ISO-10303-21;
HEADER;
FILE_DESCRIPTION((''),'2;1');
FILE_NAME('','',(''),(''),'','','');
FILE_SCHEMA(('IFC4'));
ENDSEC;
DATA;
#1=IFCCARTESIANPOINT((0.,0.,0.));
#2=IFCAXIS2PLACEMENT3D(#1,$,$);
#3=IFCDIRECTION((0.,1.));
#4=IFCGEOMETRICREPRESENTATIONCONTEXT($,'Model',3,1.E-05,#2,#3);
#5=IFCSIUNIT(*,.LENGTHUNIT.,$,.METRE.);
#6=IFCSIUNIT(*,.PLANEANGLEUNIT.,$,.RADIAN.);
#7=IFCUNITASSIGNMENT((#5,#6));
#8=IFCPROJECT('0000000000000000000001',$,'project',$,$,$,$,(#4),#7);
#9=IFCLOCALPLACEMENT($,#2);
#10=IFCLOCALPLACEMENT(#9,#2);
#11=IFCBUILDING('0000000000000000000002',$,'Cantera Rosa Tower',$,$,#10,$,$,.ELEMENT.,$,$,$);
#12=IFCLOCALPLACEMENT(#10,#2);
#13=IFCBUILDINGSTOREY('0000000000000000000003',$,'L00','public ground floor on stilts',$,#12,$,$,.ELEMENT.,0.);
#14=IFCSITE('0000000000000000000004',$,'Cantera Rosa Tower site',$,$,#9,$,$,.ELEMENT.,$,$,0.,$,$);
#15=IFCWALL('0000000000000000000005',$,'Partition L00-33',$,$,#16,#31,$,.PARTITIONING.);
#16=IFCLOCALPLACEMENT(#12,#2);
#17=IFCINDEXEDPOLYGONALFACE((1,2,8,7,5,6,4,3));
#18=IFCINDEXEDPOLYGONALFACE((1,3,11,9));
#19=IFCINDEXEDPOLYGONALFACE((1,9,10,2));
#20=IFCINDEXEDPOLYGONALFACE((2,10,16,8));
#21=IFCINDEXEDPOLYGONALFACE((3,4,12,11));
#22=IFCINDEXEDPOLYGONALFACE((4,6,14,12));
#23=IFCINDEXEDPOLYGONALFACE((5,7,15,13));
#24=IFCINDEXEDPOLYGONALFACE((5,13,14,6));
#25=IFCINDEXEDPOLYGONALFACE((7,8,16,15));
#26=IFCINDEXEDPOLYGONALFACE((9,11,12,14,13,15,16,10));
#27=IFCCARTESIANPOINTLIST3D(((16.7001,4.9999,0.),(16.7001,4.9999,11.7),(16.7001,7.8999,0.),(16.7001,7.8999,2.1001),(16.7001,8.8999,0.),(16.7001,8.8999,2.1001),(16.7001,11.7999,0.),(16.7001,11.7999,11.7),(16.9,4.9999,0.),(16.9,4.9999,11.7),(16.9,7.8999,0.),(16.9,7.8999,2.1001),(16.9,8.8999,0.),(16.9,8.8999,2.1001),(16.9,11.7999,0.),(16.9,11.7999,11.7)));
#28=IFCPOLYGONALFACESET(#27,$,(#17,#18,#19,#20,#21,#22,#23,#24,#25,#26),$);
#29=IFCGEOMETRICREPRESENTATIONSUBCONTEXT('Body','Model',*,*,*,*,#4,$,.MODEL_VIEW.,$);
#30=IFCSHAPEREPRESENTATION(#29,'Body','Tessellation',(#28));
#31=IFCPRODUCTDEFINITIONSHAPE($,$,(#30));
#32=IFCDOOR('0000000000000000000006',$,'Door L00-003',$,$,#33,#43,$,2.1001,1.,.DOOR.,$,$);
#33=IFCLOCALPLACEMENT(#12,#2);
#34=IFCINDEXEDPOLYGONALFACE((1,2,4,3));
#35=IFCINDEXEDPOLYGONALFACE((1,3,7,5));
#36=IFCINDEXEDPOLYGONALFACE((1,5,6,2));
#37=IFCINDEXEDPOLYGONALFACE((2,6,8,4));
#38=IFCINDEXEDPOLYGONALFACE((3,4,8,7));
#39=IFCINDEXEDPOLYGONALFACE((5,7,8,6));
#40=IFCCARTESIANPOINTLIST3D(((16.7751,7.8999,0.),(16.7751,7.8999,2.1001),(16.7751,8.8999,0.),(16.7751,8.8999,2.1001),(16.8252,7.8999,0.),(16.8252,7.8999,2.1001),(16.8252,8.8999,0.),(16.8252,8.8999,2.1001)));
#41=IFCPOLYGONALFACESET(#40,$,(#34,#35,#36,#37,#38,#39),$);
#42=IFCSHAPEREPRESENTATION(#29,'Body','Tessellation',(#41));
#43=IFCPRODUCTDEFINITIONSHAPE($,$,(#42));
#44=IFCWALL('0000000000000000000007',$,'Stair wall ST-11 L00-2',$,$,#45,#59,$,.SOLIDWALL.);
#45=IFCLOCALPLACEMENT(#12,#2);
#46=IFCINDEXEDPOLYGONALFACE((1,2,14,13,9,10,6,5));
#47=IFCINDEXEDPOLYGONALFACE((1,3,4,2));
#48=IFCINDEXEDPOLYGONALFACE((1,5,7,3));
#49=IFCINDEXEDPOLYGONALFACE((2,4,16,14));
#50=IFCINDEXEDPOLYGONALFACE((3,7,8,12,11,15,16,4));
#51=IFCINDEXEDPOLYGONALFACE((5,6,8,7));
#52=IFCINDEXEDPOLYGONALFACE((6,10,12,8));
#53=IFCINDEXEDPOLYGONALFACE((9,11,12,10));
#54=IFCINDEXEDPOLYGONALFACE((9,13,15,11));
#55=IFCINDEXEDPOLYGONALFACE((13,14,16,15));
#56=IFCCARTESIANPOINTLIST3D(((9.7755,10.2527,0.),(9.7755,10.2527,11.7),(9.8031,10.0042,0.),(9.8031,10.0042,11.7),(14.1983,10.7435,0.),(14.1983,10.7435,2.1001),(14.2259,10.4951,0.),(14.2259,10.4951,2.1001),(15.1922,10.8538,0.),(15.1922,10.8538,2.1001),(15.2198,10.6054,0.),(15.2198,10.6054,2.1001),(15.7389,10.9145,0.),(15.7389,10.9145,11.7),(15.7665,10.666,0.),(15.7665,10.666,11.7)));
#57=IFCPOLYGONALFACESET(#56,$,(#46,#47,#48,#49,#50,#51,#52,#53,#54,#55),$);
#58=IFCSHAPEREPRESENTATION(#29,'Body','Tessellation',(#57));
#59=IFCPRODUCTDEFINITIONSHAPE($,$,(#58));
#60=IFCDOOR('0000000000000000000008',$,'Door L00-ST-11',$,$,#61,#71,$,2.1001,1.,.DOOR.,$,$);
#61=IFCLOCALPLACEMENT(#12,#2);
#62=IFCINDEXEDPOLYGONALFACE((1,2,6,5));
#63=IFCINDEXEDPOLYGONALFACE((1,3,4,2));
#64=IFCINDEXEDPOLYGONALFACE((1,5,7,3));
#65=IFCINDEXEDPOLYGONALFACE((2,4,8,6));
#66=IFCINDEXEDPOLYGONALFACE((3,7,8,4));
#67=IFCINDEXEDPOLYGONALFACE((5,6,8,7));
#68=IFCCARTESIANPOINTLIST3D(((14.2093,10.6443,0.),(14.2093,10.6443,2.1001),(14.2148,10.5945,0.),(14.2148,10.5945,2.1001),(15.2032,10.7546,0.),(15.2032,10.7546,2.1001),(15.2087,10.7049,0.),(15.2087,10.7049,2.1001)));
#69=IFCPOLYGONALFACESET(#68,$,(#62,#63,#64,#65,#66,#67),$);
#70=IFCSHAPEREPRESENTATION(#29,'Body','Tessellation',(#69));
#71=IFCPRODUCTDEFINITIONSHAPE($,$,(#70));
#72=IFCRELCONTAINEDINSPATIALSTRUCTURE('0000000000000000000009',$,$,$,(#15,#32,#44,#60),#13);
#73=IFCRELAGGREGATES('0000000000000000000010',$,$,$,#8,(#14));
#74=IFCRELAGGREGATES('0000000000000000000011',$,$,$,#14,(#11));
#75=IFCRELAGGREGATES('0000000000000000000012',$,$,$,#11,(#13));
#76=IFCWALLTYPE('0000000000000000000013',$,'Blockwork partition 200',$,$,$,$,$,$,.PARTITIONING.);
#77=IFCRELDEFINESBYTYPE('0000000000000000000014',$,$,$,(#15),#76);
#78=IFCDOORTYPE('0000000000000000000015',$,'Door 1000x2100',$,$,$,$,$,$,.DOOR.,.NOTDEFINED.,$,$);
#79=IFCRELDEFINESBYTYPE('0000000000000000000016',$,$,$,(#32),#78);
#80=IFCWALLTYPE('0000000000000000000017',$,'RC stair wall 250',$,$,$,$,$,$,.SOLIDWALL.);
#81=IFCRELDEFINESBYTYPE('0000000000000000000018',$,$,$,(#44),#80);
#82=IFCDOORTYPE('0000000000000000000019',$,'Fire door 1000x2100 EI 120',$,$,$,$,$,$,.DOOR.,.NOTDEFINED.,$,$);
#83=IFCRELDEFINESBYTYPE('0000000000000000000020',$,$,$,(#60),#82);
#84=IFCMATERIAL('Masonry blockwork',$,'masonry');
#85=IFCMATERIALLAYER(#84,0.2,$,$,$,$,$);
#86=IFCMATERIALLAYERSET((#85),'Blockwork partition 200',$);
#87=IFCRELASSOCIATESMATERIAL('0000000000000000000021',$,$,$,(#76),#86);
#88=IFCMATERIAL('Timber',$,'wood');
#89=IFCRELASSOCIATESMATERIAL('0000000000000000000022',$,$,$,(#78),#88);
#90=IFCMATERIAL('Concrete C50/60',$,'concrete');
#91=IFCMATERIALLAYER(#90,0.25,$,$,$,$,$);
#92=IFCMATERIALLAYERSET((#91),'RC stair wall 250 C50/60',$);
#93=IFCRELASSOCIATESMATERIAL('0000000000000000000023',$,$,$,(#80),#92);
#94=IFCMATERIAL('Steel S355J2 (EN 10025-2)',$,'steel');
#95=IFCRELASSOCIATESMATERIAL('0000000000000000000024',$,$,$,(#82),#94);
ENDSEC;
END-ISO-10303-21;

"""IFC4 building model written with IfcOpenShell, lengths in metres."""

from ifc_helpers import new_model, si_unit, direction, frame, frame_2d, origin, place, context, subcontext, project, spatial, rectangle, extrude, material, layer, layer_set, type_object, element, fill, save


model = new_model("IFC4")

# Units and contexts
model_context = context("Model", 3, precision=1e-05, world=origin(), true_north=direction((0.0, 1.0)))
body_context = subcontext(model_context, "Body", "Model", "MODEL_VIEW")
ifc_project = project(units=[si_unit("LENGTHUNIT", "METRE"), si_unit("PLANEANGLEUNIT", "RADIAN")], contexts=[model_context])

# Site, building, storey
site_placement = place(None, origin())
site = spatial("IfcSite", under=ifc_project, at=site_placement, Name="Cantera Rosa Tower site", CompositionType="ELEMENT", RefElevation=0.0)
building_placement = place(site_placement, origin())
building = spatial("IfcBuilding", under=site, at=building_placement, Name="Cantera Rosa Tower", CompositionType="ELEMENT")
storey_placement = place(building_placement, origin())
storey = spatial("IfcBuildingStorey", under=building, at=storey_placement, Name="L00", Description="public ground floor on stilts", CompositionType="ELEMENT", Elevation=0.0)

# Shared definitions
ifc_material_1 = material(Name="Masonry blockwork", Category="masonry")
ifc_layer_1 = layer(ifc_material_1, 0.2)
ifc_layer_set_1 = layer_set([ifc_layer_1], Name="Blockwork partition 200")
wall_type_1 = type_object("IfcWallType", Name="Blockwork partition 200", PredefinedType="PARTITIONING", material=ifc_layer_set_1)

# Walls, openings, doors
ifc_material_2 = material(Name="Timber", Category="wood")
door_type_1 = type_object("IfcDoorType", Name="Door 1000x2100", OperationType="NOTDEFINED", PredefinedType="DOOR", material=ifc_material_2)
wall_1_placement = place(storey_placement, frame((16.8, 5.0, 0.0), z_axis=(0.0, 0.0, 1.0), x_axis=(0.0, 1.0, 0.0)))
wall_1 = element("IfcWall", 1, at=wall_1_placement, inside=storey, type_object=wall_type_1, Name="Partition L00-33", PredefinedType="PARTITIONING", context=body_context, shape_type="SweptSolid", body=[
    extrude(rectangle(XDim=6.8, YDim=0.2, at=frame_2d((3.3999, 0.0))), origin(), (0.0, 0.0, 1.0), 11.7),
])
opening_1_placement = place(wall_1_placement, frame((2.8999, 0.0, 0.0)))
opening_1 = element("IfcOpeningElement", 2, at=opening_1_placement, cuts=wall_1, PredefinedType="OPENING", context=body_context, shape_type="SweptSolid", body=[
    extrude(rectangle(XDim=1.0, YDim=2.1001, at=frame_2d((0.5, 1.05))), frame((0.0, 0.1099, 0.0), z_axis=(0.0, -1.0, 0.0), x_axis=(1.0, 0.0, 0.0)), (0.0, 0.0, 1.0), 0.22),
])
door_1_placement = place(opening_1_placement, origin())
door_1 = element("IfcDoor", 3, at=door_1_placement, inside=storey, type_object=door_type_1, Name="Door L00-003", OverallHeight=2.1001, OverallWidth=1.0, PredefinedType="DOOR", context=body_context, shape_type="SweptSolid", body=[
    extrude(rectangle(XDim=1.0, YDim=2.1001, at=frame_2d((0.5, 1.05))), frame((0.0, 0.0249, 0.0), z_axis=(0.0, -1.0, 0.0), x_axis=(1.0, 0.0, 0.0)), (0.0, 0.0, 1.0), 0.05),
])
fill(opening_1, door_1)
ifc_material_3 = material(Name="Concrete C50/60", Category="concrete")
ifc_layer_2 = layer(ifc_material_3, 0.25)
ifc_layer_set_2 = layer_set([ifc_layer_2], Name="RC stair wall 250 C50/60")
wall_type_2 = type_object("IfcWallType", Name="RC stair wall 250", PredefinedType="SOLIDWALL", material=ifc_layer_set_2)
wall_2_placement = place(storey_placement, frame((15.7527, 10.7903, 0.0), z_axis=(0.0, 0.0, 1.0), x_axis=(-0.993897, -0.110311, 0.0)))
wall_2 = element("IfcWall", 4, at=wall_2_placement, inside=storey, type_object=wall_type_2, Name="Stair wall ST-11 L00-2", PredefinedType="SOLIDWALL", context=body_context, shape_type="SweptSolid", body=[
    extrude(rectangle(XDim=6.0, YDim=0.25, at=frame_2d((3.0, 0.0))), origin(), (0.0, 0.0, 1.0), 11.7),
])
opening_2_placement = place(wall_2_placement, frame((0.55, 0.0, 0.0)))
opening_2 = element("IfcOpeningElement", 5, at=opening_2_placement, cuts=wall_2, PredefinedType="OPENING", context=body_context, shape_type="SweptSolid", body=[
    extrude(rectangle(XDim=1.0, YDim=2.1001, at=frame_2d((0.5, 1.05))), frame((0.0, 0.135, 0.0), z_axis=(0.0, -1.0, 0.0), x_axis=(1.0, 0.0, 0.0)), (0.0, 0.0, 1.0), 0.27),
])
ifc_material_4 = material(Name="Steel S355J2 (EN 10025-2)", Category="steel")
door_type_2 = type_object("IfcDoorType", Name="Fire door 1000x2100 EI 120", OperationType="NOTDEFINED", PredefinedType="DOOR", material=ifc_material_4)
door_2_placement = place(opening_2_placement, origin())
door_2 = element("IfcDoor", 6, at=door_2_placement, inside=storey, type_object=door_type_2, Name="Door L00-ST-11", OverallHeight=2.1001, OverallWidth=1.0, PredefinedType="DOOR", context=body_context, shape_type="SweptSolid", body=[
    extrude(rectangle(XDim=1.0, YDim=2.1001, at=frame_2d((0.5, 1.05))), frame((0.0, 0.0249, 0.0), z_axis=(0.0, -1.0, 0.0), x_axis=(1.0, 0.0, 0.0)), (0.0, 0.0, 1.0), 0.05),
])
fill(opening_2, door_2)

save(model, "model.ifc")
